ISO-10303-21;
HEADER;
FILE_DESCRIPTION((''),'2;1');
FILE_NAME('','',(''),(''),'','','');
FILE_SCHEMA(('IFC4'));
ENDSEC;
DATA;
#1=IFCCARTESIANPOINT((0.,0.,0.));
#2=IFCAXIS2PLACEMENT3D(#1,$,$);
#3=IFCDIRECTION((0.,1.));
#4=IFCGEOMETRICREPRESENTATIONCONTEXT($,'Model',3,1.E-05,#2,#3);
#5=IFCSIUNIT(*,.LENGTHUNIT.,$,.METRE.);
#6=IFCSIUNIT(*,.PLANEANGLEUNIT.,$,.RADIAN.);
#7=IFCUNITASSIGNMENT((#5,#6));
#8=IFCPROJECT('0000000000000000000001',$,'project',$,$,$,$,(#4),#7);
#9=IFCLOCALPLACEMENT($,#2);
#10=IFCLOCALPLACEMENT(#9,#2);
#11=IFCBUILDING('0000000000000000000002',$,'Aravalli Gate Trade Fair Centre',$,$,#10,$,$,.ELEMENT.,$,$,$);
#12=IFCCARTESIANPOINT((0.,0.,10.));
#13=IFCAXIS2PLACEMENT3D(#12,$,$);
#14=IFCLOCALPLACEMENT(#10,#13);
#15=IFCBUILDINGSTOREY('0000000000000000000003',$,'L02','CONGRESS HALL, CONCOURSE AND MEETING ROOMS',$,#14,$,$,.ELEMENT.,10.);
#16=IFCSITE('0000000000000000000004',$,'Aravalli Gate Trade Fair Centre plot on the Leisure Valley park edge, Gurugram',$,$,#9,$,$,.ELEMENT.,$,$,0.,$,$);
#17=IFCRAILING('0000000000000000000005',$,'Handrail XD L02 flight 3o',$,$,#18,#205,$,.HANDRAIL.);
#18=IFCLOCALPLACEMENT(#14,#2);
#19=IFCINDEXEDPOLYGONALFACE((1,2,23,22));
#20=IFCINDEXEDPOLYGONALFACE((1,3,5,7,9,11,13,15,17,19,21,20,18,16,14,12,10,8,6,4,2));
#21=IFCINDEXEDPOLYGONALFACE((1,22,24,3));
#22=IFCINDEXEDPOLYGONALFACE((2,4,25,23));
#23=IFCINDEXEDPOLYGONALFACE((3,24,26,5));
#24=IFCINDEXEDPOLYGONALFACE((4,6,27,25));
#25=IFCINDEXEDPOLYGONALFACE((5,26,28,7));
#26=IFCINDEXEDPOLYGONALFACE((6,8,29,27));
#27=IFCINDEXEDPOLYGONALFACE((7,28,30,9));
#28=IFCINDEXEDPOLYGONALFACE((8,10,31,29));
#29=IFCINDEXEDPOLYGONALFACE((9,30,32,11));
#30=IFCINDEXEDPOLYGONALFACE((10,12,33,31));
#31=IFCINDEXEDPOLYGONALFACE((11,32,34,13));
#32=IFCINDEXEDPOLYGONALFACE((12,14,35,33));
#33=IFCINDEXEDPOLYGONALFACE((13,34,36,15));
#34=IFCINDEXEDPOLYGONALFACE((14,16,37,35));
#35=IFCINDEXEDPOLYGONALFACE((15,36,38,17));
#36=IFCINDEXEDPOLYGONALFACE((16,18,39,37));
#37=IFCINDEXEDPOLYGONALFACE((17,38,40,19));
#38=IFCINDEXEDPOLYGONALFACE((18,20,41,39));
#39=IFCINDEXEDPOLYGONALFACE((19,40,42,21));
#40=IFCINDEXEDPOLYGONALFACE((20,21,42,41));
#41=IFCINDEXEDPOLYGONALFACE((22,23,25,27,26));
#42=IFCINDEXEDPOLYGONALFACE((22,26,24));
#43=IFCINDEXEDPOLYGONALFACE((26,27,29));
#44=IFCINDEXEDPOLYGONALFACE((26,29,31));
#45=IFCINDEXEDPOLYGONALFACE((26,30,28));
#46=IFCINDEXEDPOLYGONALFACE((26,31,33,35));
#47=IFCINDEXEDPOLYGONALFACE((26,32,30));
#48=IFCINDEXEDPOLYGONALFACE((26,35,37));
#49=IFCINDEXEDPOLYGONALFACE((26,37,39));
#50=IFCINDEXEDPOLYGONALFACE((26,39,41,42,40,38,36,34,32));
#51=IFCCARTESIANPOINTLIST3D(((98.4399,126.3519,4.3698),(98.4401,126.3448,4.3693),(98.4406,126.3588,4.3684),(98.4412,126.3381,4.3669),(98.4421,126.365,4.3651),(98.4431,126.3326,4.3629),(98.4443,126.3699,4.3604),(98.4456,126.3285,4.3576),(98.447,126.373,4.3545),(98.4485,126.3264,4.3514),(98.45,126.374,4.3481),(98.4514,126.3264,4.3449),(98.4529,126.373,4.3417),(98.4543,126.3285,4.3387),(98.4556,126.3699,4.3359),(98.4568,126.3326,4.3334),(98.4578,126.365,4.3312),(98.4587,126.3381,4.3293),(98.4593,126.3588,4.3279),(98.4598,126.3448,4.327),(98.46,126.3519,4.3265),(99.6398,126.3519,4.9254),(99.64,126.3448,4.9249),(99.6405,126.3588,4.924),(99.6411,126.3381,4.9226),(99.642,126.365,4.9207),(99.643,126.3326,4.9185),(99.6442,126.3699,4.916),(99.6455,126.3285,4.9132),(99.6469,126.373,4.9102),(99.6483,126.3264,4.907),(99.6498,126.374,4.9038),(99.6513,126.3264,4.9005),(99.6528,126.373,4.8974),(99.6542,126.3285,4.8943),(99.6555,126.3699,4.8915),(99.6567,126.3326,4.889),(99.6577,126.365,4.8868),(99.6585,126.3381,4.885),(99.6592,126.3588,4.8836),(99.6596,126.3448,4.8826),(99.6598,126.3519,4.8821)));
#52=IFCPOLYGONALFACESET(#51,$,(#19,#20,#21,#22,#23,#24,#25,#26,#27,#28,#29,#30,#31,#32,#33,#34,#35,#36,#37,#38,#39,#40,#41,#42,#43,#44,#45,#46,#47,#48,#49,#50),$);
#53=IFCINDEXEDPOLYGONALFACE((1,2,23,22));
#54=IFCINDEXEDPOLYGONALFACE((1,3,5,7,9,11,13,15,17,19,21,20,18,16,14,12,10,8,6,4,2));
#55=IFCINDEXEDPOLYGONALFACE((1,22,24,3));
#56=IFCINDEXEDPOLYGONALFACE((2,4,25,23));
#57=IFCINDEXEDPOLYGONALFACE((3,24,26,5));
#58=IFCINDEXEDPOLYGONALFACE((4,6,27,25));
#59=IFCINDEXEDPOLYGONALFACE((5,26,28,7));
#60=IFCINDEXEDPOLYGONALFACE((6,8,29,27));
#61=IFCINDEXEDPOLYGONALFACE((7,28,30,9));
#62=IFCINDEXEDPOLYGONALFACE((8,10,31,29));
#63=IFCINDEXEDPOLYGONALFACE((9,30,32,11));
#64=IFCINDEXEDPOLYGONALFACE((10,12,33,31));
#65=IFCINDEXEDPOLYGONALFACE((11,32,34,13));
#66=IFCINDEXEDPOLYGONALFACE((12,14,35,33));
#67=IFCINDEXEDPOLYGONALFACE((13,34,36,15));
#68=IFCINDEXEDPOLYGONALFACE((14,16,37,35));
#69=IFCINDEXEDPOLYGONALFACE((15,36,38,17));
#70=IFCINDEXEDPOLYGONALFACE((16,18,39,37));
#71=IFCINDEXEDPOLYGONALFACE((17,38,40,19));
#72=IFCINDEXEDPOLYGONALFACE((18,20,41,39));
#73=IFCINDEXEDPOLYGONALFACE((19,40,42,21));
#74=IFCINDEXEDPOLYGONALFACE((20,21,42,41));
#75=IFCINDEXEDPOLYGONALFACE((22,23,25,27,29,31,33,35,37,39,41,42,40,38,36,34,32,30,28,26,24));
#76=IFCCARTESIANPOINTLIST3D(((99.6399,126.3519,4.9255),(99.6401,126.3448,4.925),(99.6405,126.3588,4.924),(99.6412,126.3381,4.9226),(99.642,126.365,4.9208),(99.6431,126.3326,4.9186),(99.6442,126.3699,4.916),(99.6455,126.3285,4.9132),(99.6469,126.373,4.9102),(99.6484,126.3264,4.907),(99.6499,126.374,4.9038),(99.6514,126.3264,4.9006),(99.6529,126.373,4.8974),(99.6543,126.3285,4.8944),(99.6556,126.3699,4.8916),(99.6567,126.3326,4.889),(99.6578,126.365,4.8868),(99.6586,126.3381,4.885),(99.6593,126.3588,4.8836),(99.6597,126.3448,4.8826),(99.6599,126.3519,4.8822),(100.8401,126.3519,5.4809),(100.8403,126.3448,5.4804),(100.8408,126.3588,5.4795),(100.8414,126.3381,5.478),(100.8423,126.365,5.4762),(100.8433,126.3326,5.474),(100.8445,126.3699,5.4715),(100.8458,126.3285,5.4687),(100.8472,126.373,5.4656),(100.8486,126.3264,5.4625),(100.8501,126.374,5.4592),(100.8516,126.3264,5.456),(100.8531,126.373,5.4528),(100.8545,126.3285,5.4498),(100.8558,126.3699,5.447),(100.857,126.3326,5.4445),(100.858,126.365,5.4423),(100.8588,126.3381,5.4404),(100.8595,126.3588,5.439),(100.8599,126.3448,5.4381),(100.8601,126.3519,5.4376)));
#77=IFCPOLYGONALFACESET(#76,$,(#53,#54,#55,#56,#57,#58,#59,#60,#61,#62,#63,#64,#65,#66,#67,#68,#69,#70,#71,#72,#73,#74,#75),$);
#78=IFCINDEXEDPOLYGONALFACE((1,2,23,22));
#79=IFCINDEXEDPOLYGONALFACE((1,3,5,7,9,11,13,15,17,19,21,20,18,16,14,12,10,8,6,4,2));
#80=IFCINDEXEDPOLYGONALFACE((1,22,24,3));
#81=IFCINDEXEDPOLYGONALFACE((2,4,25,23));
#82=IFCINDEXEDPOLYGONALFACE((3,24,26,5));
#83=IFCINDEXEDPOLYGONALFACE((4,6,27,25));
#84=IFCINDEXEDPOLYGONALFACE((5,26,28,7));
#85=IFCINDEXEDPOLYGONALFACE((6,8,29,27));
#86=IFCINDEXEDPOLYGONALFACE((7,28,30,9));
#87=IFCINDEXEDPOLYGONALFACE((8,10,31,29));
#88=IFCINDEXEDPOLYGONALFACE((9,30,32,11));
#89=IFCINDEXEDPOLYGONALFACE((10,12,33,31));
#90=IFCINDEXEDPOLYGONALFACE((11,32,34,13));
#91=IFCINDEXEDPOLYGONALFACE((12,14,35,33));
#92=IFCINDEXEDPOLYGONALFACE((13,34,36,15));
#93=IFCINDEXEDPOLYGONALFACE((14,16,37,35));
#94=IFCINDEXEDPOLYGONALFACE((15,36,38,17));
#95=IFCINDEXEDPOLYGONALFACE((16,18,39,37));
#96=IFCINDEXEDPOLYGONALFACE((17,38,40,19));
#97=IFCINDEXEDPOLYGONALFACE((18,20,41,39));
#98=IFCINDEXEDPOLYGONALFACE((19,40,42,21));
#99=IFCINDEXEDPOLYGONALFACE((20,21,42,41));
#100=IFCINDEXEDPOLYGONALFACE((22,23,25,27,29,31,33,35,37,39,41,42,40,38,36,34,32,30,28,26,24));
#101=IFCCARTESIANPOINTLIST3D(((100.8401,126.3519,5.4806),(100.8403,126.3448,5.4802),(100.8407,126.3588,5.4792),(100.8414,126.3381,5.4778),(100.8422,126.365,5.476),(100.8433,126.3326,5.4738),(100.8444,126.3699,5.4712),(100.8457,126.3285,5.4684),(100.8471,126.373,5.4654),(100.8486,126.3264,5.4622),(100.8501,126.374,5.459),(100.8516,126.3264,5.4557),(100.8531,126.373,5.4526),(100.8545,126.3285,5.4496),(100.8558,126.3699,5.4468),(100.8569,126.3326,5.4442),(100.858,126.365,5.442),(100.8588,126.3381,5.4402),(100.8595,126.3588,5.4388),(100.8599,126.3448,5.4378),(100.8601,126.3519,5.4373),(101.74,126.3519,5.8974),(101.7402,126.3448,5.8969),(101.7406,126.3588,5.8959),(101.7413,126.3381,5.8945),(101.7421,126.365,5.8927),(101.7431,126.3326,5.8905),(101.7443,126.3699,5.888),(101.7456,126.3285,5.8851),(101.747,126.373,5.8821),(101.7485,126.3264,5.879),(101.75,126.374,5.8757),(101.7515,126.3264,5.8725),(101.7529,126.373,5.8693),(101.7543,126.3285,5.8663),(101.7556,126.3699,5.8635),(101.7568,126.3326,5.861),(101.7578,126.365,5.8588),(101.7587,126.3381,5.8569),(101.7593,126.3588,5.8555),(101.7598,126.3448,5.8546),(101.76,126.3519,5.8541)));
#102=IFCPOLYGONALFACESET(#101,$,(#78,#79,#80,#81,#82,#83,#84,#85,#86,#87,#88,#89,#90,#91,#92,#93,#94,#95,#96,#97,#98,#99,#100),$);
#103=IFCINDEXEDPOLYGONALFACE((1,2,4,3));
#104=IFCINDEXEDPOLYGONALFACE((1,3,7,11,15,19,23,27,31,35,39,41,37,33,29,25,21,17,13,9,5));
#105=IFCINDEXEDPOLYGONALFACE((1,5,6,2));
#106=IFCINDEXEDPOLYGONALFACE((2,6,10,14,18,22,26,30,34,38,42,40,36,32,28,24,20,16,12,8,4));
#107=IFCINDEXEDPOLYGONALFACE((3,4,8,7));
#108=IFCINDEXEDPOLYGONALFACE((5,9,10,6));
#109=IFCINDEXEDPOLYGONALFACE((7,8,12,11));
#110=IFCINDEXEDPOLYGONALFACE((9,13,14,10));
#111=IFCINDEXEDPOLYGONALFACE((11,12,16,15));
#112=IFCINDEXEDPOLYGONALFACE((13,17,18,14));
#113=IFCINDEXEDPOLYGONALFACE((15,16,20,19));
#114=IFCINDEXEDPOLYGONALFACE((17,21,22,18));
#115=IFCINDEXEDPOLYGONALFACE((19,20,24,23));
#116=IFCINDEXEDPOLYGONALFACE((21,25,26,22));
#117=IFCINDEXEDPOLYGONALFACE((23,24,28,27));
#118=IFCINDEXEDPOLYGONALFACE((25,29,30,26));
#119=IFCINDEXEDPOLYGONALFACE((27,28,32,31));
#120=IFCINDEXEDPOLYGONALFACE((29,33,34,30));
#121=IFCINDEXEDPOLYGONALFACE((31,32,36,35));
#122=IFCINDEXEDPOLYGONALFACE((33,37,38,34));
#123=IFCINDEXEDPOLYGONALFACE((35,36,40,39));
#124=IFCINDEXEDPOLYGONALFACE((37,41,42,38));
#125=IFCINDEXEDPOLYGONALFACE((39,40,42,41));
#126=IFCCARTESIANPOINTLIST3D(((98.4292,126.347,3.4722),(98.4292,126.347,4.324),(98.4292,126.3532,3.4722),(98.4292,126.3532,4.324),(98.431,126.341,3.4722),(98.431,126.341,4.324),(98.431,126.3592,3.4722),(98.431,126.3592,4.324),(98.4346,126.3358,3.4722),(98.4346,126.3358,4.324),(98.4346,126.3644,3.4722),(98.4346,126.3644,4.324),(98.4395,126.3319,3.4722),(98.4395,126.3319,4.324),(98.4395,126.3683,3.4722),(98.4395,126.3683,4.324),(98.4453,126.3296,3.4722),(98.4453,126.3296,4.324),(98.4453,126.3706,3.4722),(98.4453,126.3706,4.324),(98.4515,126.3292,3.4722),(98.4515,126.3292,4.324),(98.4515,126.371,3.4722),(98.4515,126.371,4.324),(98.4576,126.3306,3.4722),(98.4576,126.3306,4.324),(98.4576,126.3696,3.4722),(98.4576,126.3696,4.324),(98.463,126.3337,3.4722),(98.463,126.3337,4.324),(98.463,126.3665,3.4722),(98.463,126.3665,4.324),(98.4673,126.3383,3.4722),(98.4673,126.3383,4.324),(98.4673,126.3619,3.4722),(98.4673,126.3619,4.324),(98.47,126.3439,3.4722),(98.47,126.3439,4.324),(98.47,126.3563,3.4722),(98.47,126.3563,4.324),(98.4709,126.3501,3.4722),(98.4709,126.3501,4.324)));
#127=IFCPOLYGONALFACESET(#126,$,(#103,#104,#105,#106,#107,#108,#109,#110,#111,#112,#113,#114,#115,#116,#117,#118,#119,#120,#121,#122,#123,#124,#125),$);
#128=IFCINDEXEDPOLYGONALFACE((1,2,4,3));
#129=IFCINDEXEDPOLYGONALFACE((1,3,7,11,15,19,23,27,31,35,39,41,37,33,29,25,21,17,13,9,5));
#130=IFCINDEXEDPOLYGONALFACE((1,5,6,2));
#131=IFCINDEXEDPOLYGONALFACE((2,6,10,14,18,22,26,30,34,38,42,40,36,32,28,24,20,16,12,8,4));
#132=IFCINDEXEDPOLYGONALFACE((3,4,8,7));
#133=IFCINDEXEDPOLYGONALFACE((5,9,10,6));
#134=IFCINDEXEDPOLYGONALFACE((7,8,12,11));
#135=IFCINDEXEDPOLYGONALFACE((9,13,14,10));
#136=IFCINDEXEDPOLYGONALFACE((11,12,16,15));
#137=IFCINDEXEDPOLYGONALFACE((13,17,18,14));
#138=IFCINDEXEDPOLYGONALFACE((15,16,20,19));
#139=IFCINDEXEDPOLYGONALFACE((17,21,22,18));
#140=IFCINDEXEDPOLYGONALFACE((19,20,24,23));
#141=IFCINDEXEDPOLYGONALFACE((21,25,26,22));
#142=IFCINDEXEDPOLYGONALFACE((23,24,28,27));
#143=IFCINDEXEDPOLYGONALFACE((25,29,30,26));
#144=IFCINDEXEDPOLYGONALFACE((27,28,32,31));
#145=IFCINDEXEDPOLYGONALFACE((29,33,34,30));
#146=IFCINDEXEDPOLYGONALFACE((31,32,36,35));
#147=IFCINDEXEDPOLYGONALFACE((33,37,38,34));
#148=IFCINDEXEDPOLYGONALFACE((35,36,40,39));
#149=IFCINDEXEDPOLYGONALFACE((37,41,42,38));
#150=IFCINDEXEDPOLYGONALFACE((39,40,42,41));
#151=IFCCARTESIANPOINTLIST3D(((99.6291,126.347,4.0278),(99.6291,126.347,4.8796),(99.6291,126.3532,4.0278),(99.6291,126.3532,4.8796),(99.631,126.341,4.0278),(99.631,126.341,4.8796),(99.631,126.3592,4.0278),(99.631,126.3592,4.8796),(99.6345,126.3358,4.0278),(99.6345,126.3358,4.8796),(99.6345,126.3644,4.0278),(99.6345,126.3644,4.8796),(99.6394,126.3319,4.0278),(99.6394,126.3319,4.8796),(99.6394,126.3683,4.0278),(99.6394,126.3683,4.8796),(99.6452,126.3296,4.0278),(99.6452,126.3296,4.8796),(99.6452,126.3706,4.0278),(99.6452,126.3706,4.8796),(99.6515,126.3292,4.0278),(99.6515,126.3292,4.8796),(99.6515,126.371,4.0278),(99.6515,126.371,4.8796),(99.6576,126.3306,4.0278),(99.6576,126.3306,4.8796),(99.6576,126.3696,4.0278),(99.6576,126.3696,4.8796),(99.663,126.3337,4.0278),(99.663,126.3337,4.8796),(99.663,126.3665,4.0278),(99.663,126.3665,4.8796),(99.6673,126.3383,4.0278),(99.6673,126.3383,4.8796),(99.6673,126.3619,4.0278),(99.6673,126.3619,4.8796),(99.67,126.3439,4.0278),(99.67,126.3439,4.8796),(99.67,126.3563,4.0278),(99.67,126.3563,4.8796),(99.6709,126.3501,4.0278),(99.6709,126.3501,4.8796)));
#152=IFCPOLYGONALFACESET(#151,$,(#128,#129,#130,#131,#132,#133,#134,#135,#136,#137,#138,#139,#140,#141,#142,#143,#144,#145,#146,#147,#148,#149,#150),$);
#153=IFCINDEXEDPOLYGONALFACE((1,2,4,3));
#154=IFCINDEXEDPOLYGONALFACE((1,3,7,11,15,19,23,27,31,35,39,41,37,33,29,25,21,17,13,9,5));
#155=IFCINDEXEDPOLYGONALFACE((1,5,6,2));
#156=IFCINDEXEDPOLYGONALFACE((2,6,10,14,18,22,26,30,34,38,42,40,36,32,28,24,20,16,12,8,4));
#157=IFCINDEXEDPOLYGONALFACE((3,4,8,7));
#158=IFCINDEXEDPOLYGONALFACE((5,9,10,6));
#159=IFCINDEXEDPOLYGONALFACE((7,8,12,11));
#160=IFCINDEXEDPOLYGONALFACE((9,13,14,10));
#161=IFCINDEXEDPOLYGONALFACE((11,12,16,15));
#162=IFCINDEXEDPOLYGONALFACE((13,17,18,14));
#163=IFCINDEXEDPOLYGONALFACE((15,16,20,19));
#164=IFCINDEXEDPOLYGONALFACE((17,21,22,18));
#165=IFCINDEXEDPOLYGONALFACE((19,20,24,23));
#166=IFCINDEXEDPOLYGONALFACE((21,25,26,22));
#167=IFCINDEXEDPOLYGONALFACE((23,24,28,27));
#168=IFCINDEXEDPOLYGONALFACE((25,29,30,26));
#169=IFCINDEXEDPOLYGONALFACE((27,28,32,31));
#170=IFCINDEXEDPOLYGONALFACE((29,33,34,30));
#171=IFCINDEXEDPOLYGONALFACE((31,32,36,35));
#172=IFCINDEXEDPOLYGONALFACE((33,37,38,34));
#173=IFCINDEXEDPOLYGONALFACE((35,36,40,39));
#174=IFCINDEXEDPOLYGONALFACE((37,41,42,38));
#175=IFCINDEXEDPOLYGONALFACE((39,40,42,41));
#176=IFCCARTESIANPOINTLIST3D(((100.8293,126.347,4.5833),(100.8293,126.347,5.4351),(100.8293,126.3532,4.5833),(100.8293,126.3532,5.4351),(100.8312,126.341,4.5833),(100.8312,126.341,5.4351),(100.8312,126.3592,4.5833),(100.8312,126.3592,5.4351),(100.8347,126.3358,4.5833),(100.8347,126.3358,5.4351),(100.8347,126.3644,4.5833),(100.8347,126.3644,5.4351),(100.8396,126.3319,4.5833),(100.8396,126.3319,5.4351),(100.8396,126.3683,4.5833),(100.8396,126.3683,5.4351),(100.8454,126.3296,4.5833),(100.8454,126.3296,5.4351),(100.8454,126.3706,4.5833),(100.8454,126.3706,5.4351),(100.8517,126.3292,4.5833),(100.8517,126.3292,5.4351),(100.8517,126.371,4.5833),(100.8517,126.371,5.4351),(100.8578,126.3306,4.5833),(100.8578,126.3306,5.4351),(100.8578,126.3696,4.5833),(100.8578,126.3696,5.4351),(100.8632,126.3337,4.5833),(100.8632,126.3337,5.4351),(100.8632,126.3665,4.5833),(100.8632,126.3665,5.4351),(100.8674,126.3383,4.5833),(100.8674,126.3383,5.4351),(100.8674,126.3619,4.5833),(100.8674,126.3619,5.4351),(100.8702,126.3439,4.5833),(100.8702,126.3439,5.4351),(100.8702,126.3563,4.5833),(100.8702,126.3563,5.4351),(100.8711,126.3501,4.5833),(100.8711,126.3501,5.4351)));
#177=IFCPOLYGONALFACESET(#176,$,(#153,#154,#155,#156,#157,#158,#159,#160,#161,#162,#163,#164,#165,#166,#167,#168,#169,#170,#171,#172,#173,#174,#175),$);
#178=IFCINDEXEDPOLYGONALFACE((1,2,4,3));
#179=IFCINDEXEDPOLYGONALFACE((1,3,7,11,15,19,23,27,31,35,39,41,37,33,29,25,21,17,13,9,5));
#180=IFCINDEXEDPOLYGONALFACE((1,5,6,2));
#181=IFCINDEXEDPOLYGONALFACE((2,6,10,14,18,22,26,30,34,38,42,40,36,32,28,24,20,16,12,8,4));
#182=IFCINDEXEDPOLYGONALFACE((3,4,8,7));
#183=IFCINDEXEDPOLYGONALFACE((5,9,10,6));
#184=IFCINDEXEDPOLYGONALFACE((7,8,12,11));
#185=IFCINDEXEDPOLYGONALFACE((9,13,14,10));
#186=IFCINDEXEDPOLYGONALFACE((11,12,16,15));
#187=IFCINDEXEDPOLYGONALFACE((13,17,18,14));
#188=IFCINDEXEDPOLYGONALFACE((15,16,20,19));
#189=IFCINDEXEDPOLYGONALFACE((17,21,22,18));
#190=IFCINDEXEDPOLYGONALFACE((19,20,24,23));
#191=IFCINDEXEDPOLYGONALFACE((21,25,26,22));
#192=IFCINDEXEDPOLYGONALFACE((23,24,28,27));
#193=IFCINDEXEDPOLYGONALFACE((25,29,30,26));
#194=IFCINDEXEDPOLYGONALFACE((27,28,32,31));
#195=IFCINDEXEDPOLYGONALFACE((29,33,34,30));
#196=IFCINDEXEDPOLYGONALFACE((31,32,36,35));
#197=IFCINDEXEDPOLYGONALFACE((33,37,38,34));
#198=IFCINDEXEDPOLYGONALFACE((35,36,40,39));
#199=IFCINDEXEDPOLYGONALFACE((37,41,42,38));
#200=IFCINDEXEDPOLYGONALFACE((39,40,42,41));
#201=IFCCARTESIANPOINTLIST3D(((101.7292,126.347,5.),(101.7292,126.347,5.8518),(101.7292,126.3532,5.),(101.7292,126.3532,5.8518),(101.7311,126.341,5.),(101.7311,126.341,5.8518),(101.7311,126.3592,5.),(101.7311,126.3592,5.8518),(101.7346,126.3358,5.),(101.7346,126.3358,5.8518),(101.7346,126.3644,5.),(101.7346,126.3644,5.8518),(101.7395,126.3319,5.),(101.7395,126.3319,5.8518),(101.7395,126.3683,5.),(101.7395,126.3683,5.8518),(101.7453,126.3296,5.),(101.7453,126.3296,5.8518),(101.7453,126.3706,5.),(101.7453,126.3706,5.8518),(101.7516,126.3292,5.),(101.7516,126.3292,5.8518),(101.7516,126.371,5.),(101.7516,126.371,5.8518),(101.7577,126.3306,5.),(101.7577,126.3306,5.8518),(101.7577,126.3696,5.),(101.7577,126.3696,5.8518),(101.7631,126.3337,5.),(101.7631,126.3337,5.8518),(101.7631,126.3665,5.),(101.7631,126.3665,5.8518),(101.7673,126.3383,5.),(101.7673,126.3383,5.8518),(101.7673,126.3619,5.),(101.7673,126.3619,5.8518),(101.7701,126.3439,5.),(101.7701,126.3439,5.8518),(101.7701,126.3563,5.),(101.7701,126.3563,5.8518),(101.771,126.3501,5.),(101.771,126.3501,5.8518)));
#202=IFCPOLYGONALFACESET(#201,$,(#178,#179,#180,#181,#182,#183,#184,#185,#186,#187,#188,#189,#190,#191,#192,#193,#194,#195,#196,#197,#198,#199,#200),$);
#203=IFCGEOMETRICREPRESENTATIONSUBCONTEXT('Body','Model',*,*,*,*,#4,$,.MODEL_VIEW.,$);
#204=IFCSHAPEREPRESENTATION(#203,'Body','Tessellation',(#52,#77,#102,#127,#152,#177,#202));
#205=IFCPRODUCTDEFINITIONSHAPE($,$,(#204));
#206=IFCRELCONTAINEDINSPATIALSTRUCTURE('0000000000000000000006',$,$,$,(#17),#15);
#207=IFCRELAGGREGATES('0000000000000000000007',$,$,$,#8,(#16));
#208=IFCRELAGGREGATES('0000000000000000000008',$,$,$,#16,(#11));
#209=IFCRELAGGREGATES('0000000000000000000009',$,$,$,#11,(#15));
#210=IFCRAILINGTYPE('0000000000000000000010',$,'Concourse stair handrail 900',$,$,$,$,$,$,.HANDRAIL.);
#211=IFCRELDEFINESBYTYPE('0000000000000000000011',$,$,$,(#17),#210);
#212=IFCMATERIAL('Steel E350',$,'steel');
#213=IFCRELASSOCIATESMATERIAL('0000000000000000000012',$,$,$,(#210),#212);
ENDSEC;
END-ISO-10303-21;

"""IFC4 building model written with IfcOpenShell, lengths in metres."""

from ifc_helpers import new_model, si_unit, direction, frame, origin, origin_2d, place, context, subcontext, project, spatial, circle, extrude, material, type_object, element, save


model = new_model("IFC4")

# Units and contexts
model_context = context("Model", 3, precision=1e-05, world=origin(), true_north=direction((0.0, 1.0)))
body_context = subcontext(model_context, "Body", "Model", "MODEL_VIEW")
ifc_project = project(units=[si_unit("LENGTHUNIT", "METRE"), si_unit("PLANEANGLEUNIT", "RADIAN")], contexts=[model_context])

# Site, building, storey
site_placement = place(None, origin())
site = spatial("IfcSite", under=ifc_project, at=site_placement, Name="Aravalli Gate Trade Fair Centre plot on the Leisure Valley park edge, Gurugram", CompositionType="ELEMENT", RefElevation=0.0)
building_placement = place(site_placement, origin())
building = spatial("IfcBuilding", under=site, at=building_placement, Name="Aravalli Gate Trade Fair Centre", CompositionType="ELEMENT")
storey_placement = place(building_placement, frame((0.0, 0.0, 10.0)))
storey = spatial("IfcBuildingStorey", under=building, at=storey_placement, Name="L02", Description="CONGRESS HALL, CONCOURSE AND MEETING ROOMS", CompositionType="ELEMENT", Elevation=10.0)

# Shared definitions
ifc_material_1 = material(Name="Steel E350", Category="steel")

# Railing
railing_type = type_object("IfcRailingType", Name="Concourse stair handrail 900", PredefinedType="HANDRAIL", material=ifc_material_1)
for number, where, name in (
    (1, (98.45, 126.3501, 3.4722), "Handrail XD L02 flight 3o"),
):
    element("IfcRailing", number, at=place(storey_placement, frame(where)), inside=storey, type_object=railing_type, Name=name, PredefinedType="HANDRAIL", context=body_context, shape_type="SweptSolid", body=[
        extrude(circle(Radius=0.0239, at=origin_2d()), frame((0.0, 0.0, 0.876), z_axis=(0.907429, 0.0, 0.420205), x_axis=(0.0, 1.0, 0.0)), (0.0, 0.0, 1.0), 1.3223),
        extrude(circle(Radius=0.0239, at=origin_2d()), frame((1.2, 0.0, 1.4316), z_axis=(0.907532, 0.0, 0.419983), x_axis=(0.0, 1.0, 0.0)), (0.0, 0.0, 1.0), 1.3225),
        extrude(circle(Radius=0.0239, at=origin_2d()), frame((2.4001, 0.0, 1.9868), z_axis=(0.907418, 0.0, 0.420229), x_axis=(0.0, 1.0, 0.0)), (0.0, 0.0, 1.0), 0.9917),
        extrude(circle(Radius=0.021, at=origin_2d()), origin(), (0.0, 0.0, 1.0), 0.8518),
        extrude(circle(Radius=0.021, at=origin_2d()), frame((1.2, 0.0, 0.5557)), (0.0, 0.0, 1.0), 0.8518),
        extrude(circle(Radius=0.021, at=origin_2d()), frame((2.4001, 0.0, 1.1111)), (0.0, 0.0, 1.0), 0.8518),
        extrude(circle(Radius=0.021, at=origin_2d()), frame((3.3, 0.0, 1.5278)), (0.0, 0.0, 1.0), 0.8518),
    ])

save(model, "model.ifc")
